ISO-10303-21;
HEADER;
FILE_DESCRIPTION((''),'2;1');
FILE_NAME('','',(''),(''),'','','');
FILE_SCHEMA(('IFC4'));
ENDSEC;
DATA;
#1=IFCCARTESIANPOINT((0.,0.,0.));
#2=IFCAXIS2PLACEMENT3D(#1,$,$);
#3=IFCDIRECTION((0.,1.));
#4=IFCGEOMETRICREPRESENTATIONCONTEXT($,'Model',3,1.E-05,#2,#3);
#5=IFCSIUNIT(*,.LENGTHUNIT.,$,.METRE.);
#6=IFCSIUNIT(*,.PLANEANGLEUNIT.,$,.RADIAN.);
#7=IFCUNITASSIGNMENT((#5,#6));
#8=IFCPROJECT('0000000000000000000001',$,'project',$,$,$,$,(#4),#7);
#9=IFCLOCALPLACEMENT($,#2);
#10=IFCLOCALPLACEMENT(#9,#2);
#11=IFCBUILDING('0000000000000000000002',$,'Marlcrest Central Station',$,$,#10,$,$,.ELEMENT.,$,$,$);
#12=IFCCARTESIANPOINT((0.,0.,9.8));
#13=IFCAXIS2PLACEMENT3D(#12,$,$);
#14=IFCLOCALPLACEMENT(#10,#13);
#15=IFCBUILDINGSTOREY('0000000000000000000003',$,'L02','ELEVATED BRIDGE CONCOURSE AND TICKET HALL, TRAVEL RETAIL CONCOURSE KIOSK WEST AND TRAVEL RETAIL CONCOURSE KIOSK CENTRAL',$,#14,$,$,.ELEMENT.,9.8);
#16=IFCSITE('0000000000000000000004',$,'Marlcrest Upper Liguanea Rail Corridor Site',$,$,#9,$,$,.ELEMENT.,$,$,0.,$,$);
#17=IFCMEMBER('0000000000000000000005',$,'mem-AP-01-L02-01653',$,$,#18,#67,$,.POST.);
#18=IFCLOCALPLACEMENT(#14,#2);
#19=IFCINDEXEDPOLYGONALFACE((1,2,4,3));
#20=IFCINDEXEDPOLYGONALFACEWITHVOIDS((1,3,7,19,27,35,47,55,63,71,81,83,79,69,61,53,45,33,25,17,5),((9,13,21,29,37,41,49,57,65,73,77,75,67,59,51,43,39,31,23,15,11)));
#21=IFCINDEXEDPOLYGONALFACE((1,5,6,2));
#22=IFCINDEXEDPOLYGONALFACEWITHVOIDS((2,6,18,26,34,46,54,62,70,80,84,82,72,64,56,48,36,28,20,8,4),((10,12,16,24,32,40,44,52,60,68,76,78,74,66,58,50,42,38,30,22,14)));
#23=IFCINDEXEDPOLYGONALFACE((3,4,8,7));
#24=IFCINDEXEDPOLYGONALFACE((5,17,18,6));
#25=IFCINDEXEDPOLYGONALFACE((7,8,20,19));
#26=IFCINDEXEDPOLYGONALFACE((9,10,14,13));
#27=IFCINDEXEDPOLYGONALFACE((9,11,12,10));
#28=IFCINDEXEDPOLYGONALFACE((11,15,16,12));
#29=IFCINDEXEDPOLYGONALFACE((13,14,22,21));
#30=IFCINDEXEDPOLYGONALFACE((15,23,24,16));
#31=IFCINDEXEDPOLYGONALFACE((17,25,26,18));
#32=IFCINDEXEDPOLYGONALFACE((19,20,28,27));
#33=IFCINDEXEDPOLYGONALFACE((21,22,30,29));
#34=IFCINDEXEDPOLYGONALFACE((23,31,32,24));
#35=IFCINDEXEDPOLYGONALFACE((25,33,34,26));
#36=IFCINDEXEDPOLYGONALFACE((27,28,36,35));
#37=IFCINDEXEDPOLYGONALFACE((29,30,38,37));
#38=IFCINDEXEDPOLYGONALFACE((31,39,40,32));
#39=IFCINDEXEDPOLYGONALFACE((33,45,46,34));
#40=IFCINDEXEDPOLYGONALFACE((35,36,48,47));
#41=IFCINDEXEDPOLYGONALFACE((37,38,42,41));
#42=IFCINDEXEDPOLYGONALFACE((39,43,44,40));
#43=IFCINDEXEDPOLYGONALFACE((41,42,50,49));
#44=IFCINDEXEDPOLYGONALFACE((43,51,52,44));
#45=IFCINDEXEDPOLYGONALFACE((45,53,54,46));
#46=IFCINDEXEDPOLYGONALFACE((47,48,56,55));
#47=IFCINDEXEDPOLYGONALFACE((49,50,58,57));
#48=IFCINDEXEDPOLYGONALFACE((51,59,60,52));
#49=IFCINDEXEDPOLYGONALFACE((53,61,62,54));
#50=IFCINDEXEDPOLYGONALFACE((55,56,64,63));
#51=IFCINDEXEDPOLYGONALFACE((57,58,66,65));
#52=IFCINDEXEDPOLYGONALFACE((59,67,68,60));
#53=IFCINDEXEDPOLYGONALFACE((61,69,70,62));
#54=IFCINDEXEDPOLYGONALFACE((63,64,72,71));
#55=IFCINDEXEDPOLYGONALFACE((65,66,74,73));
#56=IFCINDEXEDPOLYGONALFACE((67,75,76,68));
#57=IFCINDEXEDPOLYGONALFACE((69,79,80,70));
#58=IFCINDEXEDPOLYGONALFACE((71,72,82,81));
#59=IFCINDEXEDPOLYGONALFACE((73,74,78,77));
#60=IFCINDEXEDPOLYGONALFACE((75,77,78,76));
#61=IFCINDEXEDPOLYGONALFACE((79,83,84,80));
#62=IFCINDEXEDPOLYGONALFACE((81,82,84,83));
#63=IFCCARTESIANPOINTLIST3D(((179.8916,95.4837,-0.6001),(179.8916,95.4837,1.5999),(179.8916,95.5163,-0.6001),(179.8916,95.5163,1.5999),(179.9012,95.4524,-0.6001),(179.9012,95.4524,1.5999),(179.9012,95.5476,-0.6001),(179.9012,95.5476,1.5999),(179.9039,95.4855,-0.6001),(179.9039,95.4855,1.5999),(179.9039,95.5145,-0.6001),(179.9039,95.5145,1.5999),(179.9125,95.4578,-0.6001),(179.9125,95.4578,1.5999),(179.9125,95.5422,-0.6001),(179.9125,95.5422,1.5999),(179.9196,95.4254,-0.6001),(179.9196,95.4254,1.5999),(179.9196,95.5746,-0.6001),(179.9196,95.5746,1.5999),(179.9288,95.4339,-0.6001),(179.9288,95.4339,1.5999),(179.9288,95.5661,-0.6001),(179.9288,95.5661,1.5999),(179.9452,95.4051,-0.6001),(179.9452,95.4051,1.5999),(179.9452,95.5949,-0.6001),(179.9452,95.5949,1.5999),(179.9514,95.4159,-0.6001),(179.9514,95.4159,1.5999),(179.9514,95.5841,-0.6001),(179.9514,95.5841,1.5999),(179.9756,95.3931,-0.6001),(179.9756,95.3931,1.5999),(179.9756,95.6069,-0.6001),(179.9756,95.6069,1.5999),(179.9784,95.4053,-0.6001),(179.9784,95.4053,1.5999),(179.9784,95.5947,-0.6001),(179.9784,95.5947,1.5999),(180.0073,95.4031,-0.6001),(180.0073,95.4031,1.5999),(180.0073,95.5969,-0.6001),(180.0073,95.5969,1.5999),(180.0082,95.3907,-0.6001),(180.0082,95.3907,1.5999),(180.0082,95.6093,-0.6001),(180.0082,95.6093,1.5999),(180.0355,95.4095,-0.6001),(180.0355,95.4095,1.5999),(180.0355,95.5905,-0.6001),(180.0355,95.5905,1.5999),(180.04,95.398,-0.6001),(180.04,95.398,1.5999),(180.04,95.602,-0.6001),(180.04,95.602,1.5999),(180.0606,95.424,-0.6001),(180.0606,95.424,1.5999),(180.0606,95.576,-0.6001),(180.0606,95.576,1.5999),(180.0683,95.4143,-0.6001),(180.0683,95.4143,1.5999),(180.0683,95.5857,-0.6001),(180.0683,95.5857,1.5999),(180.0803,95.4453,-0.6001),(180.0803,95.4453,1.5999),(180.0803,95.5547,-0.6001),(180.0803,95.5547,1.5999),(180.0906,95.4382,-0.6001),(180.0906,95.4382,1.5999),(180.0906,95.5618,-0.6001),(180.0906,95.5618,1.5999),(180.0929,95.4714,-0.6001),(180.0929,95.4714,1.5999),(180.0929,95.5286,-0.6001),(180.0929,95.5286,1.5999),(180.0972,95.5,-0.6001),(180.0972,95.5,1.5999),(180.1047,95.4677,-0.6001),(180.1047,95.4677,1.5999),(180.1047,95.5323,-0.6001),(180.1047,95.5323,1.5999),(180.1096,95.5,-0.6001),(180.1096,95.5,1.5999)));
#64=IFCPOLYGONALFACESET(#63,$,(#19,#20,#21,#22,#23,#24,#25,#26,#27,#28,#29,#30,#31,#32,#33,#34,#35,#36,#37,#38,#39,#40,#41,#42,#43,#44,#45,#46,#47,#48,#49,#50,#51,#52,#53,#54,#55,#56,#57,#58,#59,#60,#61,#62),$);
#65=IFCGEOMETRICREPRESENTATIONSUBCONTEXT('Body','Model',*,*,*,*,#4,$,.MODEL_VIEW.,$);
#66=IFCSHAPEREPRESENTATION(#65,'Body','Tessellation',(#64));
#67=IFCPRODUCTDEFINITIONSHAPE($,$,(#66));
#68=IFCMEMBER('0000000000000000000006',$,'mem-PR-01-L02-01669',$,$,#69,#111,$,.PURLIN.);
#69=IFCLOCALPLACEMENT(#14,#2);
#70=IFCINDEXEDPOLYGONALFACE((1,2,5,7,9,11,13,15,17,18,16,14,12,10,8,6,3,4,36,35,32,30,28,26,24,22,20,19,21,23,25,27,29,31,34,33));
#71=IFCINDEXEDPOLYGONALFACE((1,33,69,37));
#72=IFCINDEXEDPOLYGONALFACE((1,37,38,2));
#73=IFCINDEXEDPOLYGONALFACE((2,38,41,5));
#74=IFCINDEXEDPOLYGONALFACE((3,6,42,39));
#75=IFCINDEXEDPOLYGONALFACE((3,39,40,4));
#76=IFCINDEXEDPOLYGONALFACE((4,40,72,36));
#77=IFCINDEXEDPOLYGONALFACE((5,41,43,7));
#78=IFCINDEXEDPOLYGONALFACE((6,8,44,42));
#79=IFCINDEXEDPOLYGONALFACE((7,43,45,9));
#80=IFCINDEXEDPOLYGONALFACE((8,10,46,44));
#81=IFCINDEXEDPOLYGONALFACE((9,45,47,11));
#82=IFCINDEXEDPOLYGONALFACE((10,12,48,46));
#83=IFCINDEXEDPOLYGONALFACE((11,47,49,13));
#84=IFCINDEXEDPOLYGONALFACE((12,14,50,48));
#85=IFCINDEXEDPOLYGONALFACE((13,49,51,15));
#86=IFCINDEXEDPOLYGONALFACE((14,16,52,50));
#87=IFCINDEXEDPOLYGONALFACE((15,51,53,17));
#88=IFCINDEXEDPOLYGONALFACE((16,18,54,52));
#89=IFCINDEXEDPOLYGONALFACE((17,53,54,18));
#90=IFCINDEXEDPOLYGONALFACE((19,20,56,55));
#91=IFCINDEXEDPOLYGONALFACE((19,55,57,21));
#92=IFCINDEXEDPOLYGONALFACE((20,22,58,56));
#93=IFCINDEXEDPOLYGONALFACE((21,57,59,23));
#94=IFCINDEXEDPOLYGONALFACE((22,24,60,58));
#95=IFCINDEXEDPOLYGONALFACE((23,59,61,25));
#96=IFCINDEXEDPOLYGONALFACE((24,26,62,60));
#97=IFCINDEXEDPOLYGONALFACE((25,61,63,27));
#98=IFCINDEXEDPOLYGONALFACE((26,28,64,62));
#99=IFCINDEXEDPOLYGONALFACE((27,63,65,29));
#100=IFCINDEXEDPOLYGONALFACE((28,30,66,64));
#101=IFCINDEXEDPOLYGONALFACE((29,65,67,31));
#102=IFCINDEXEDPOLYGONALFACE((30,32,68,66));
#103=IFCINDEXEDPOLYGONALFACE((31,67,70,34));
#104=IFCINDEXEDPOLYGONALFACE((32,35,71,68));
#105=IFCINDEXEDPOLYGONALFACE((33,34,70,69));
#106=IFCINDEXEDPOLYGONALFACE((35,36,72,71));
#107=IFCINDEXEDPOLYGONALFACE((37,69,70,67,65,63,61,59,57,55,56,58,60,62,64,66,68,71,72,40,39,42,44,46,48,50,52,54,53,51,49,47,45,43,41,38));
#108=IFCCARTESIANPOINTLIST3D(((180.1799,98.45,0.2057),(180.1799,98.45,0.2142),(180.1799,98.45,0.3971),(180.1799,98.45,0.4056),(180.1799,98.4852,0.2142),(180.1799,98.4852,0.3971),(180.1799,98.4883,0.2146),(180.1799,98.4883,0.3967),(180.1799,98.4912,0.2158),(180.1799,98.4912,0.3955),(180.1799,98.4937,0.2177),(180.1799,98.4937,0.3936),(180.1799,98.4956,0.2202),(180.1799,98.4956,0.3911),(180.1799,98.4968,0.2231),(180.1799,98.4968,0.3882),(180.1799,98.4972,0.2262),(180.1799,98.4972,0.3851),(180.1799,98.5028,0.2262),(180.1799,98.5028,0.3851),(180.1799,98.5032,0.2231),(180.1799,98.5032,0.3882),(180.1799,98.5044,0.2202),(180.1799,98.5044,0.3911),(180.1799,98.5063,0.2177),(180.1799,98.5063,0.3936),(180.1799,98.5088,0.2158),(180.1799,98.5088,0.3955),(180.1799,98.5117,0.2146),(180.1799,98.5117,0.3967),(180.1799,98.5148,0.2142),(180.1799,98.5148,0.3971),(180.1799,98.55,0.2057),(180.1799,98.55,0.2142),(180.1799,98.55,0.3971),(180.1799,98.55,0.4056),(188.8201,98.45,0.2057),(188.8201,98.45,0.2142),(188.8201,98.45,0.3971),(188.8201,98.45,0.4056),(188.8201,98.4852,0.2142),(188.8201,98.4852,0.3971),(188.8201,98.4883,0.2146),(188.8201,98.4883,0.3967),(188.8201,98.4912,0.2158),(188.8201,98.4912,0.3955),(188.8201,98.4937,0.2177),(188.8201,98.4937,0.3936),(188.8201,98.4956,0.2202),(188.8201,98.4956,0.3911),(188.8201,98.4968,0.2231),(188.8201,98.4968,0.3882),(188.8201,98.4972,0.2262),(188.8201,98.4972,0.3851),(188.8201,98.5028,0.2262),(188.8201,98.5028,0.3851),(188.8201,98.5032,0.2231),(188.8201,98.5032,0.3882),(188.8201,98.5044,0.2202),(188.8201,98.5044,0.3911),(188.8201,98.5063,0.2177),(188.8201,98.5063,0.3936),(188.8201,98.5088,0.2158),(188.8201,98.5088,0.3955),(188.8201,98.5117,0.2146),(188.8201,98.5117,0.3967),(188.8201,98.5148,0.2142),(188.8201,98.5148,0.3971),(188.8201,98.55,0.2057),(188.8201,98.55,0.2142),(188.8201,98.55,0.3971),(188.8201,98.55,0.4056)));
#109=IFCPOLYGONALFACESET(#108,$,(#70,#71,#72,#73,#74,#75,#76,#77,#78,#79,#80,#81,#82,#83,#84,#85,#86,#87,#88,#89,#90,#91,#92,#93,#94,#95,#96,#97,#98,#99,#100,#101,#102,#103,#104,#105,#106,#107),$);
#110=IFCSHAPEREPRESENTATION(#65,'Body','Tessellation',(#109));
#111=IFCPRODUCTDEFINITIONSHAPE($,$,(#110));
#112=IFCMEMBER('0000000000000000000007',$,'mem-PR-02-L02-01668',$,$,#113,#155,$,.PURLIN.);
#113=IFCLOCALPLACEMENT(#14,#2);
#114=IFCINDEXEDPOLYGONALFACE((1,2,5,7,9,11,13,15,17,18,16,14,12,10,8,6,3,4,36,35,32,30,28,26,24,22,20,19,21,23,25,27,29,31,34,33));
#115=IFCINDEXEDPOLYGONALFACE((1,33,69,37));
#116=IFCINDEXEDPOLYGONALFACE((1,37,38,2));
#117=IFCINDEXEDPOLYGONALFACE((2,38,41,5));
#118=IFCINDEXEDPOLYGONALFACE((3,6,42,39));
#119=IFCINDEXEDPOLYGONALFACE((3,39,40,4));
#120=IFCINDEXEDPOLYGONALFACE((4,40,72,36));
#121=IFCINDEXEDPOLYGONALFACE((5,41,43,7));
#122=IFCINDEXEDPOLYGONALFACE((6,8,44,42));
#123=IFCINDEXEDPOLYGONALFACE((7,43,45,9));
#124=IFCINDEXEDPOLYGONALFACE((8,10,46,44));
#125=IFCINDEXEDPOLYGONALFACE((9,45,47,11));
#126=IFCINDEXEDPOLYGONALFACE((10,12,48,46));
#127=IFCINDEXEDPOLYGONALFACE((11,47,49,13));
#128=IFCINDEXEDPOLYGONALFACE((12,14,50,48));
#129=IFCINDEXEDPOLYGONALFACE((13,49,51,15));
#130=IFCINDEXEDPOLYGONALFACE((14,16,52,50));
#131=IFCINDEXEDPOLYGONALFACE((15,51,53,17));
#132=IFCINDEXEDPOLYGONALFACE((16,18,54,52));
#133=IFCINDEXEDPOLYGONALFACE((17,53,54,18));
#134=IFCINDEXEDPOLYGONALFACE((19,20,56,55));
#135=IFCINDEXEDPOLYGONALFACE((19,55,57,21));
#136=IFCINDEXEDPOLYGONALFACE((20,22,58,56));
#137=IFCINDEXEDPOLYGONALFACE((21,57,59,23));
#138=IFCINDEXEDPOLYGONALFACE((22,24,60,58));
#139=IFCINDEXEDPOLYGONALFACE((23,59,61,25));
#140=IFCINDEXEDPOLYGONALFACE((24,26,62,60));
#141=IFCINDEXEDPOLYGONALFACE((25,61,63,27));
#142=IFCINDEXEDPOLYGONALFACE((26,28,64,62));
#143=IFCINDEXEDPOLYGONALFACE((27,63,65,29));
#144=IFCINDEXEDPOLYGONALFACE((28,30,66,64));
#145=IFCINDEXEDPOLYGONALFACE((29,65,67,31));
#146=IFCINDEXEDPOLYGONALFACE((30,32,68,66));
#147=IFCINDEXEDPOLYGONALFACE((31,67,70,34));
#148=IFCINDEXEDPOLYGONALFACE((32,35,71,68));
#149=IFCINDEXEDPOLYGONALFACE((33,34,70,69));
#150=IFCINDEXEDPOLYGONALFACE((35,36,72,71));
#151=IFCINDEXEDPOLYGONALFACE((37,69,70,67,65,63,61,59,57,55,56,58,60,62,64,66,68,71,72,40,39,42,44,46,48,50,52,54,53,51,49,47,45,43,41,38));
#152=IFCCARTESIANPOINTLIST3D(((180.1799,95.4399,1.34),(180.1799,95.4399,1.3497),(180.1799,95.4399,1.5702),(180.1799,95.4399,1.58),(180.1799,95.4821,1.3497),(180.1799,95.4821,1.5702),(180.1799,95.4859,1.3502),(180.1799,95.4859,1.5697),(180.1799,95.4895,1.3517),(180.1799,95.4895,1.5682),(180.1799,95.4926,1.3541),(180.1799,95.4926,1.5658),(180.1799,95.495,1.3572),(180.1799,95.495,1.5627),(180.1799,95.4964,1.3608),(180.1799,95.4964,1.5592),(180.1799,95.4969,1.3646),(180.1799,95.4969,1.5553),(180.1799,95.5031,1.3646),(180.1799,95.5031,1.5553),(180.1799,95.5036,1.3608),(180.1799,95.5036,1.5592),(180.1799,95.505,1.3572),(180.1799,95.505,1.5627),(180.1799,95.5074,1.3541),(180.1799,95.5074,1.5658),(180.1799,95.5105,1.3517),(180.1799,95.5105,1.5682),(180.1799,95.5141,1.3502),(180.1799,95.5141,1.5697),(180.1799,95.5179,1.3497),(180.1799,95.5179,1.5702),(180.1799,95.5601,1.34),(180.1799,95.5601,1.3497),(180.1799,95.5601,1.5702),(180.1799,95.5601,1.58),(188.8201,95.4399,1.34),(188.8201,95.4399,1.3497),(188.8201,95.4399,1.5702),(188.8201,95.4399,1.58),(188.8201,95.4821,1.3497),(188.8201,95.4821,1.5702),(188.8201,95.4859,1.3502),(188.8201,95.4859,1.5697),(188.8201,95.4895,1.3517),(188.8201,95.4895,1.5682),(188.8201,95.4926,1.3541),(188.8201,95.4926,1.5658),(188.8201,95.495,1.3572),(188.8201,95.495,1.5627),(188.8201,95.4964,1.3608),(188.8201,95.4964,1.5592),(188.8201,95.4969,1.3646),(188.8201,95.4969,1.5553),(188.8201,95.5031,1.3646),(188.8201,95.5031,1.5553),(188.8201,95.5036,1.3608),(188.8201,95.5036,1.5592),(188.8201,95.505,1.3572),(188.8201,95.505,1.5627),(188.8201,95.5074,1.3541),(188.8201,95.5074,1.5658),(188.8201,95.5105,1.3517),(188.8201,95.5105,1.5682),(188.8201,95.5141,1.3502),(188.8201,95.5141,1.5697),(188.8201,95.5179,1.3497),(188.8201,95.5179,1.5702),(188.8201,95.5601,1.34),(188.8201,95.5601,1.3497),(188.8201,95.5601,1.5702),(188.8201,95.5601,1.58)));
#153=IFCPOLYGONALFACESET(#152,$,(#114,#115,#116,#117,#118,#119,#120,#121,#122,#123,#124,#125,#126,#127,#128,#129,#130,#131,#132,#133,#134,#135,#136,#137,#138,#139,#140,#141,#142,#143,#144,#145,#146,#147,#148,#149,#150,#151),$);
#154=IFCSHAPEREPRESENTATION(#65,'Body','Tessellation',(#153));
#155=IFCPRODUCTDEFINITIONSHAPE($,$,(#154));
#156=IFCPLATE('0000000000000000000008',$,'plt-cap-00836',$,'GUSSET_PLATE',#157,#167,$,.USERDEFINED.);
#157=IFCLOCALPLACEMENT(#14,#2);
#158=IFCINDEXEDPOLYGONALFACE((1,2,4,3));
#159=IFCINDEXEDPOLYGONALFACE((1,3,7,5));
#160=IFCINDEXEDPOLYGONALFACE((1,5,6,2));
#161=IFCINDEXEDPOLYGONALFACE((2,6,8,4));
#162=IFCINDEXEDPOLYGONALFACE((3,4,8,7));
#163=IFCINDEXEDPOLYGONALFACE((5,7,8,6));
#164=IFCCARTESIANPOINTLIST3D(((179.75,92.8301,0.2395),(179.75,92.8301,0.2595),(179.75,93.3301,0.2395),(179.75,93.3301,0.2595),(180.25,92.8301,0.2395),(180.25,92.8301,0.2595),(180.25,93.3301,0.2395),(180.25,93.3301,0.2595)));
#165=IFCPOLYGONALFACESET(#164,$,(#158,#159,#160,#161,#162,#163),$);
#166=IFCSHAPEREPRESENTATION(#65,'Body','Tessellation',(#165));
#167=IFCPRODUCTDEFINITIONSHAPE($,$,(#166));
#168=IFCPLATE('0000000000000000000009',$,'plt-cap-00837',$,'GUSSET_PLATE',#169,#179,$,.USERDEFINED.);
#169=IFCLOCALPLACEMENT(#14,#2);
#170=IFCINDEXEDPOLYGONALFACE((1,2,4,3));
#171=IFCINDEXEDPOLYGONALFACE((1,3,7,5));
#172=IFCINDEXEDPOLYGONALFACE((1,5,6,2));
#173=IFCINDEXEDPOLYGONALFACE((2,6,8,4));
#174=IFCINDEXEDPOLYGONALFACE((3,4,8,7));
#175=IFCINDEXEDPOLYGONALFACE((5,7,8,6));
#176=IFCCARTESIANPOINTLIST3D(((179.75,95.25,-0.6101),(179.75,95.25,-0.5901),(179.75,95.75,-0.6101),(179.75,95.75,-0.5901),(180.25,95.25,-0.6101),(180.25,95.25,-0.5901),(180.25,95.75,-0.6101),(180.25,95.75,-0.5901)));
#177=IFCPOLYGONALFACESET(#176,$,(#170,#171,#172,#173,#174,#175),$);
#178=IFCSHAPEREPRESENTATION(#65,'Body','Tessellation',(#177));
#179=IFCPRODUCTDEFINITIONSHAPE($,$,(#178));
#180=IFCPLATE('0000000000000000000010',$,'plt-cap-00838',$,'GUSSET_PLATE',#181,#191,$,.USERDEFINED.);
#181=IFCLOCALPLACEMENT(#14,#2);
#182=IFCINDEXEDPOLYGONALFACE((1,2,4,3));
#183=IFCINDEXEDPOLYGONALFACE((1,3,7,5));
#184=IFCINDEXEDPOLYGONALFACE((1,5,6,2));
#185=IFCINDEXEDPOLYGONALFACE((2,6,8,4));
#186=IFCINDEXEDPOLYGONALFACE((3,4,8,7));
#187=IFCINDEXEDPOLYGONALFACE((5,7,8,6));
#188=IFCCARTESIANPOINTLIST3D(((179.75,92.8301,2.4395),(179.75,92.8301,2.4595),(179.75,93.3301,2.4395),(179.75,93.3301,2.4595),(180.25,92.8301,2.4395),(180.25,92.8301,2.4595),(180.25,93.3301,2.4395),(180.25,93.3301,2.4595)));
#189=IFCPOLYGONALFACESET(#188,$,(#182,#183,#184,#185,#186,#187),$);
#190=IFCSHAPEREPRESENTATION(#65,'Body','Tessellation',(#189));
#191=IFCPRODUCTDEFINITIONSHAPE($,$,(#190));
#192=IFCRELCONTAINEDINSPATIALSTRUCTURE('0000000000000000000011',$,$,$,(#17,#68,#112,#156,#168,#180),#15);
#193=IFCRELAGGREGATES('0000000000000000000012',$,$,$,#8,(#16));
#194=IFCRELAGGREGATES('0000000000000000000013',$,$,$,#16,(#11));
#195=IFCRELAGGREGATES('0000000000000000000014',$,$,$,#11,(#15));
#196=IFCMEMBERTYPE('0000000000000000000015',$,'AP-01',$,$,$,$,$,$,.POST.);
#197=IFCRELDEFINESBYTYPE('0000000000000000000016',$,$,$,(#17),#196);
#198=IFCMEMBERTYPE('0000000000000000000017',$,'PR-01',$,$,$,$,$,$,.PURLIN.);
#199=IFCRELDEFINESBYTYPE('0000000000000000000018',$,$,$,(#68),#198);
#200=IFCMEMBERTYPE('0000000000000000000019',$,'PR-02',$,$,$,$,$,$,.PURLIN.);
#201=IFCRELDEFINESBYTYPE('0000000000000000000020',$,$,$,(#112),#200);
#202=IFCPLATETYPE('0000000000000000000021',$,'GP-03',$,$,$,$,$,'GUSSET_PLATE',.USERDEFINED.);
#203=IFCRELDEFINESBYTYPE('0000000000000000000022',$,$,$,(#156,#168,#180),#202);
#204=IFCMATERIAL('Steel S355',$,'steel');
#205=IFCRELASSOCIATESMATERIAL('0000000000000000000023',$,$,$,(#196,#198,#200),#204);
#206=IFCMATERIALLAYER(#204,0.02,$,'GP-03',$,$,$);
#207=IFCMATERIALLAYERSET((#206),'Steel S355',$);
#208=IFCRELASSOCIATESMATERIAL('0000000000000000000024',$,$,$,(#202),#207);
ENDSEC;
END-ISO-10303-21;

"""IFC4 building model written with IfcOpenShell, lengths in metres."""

from ifc_helpers import new_model, si_unit, direction, frame, origin, origin_2d, place, context, subcontext, project, spatial, rectangle, hollow_circle, i_section, extrude, material, layer, layer_set, material_profile, profile_set, type_object, element, save


model = new_model("IFC4")

# Units and contexts
model_context = context("Model", 3, precision=1e-05, world=origin(), true_north=direction((0.0, 1.0)))
body_context = subcontext(model_context, "Body", "Model", "MODEL_VIEW")
ifc_project = project(units=[si_unit("LENGTHUNIT", "METRE"), si_unit("PLANEANGLEUNIT", "RADIAN")], contexts=[model_context])

# Site, building, storey
site_placement = place(None, origin())
site = spatial("IfcSite", under=ifc_project, at=site_placement, Name="Marlcrest Upper Liguanea Rail Corridor Site", CompositionType="ELEMENT", RefElevation=0.0)
building_placement = place(site_placement, origin())
building = spatial("IfcBuilding", under=site, at=building_placement, Name="Marlcrest Central Station", CompositionType="ELEMENT")
storey_placement = place(building_placement, frame((0.0, 0.0, 9.8)))
storey = spatial("IfcBuildingStorey", under=building, at=storey_placement, Name="L02", Description="ELEVATED BRIDGE CONCOURSE AND TICKET HALL, TRAVEL RETAIL CONCOURSE KIOSK WEST AND TRAVEL RETAIL CONCOURSE KIOSK CENTRAL", CompositionType="ELEMENT", Elevation=9.8)

# Members
ifc_material_1 = material(Name="Steel S355", Category="steel")
ifc_material_profile_1 = material_profile(ifc_material_1, hollow_circle(Radius=0.1096, WallThickness=0.0125, at=origin_2d()), Name="CHS 219.1x12.5")
ifc_profile_set_1 = profile_set([ifc_material_profile_1], Name="Steel S355")
member_type_1 = type_object("IfcMemberType", Name="AP-01", PredefinedType="POST", material=ifc_profile_set_1)
for number, where, z_axis, x_axis, name in (
    (1, (180.0, 95.5, -0.6001), (0.0, 0.0, 1.0), (1.0, 0.0, 0.0), "mem-AP-01-L02-01653"),
):
    element("IfcMember", number, at=place(storey_placement, frame(where, z_axis=z_axis, x_axis=x_axis)), inside=storey, type_object=member_type_1, Name=name, PredefinedType="POST", context=body_context, shape_type="SweptSolid", body=[
        extrude(hollow_circle(Radius=0.1096, WallThickness=0.0125, at=origin_2d()), origin(), (0.0, 0.0, 1.0), 2.2),
    ])
ifc_material_profile_2 = material_profile(ifc_material_1, i_section(OverallWidth=0.1001, OverallDepth=0.2, WebThickness=0.0056, FlangeThickness=0.0085, FilletRadius=0.012, at=origin_2d()), Name="IPE 200")
ifc_profile_set_2 = profile_set([ifc_material_profile_2], Name="Steel S355")
member_type_2 = type_object("IfcMemberType", Name="PR-01", PredefinedType="PURLIN", material=ifc_profile_set_2)
member_1_placement = place(storey_placement, frame((180.1799, 98.5, 0.3057), z_axis=(1.0, 0.0, 0.0), x_axis=(0.0, 1.0, 0.0)))
element("IfcMember", 2, at=member_1_placement, inside=storey, type_object=member_type_2, Name="mem-PR-01-L02-01669", PredefinedType="PURLIN", context=body_context, shape_type="SweptSolid", body=[
    extrude(i_section(OverallWidth=0.1001, OverallDepth=0.2, WebThickness=0.0056, FlangeThickness=0.0085, FilletRadius=0.012, at=origin_2d()), origin(), (0.0, 0.0, 1.0), 8.6401),
])
ifc_material_profile_3 = material_profile(ifc_material_1, i_section(OverallWidth=0.1201, OverallDepth=0.24, WebThickness=0.0061, FlangeThickness=0.0098, FilletRadius=0.0149, at=origin_2d()), Name="IPE 240")
ifc_profile_set_3 = profile_set([ifc_material_profile_3], Name="Steel S355")
member_type_3 = type_object("IfcMemberType", Name="PR-02", PredefinedType="PURLIN", material=ifc_profile_set_3)
member_2_placement = place(storey_placement, frame((180.1799, 95.5, 1.46), z_axis=(1.0, 0.0, 0.0), x_axis=(0.0, 1.0, 0.0)))
element("IfcMember", 3, at=member_2_placement, inside=storey, type_object=member_type_3, Name="mem-PR-02-L02-01668", PredefinedType="PURLIN", context=body_context, shape_type="SweptSolid", body=[
    extrude(i_section(OverallWidth=0.1201, OverallDepth=0.24, WebThickness=0.0061, FlangeThickness=0.0098, FilletRadius=0.0149, at=origin_2d()), origin(), (0.0, 0.0, 1.0), 8.6401),
])

# Plates
ifc_layer_1 = layer(ifc_material_1, 0.02, Name="GP-03")
ifc_layer_set_1 = layer_set([ifc_layer_1], Name="Steel S355")
plate_type = type_object("IfcPlateType", Name="GP-03", ElementType="GUSSET_PLATE", PredefinedType="USERDEFINED", material=ifc_layer_set_1)
for number, where, z_axis, x_axis, name in (
    (4, (180.0, 93.0801, 0.2395), (0.0, 0.0, 1.0), (1.0, 0.0, 0.0), "plt-cap-00836"),
    (5, (180.0, 95.5, -0.6101), (0.0, 0.0, 1.0), (1.0, 0.0, 0.0), "plt-cap-00837"),
    (6, (180.0, 93.0801, 2.4395), (0.0, 0.0, 1.0), (1.0, 0.0, 0.0), "plt-cap-00838"),
):
    element("IfcPlate", number, at=place(storey_placement, frame(where, z_axis=z_axis, x_axis=x_axis)), inside=storey, type_object=plate_type, Name=name, ObjectType="GUSSET_PLATE", PredefinedType="USERDEFINED", context=body_context, shape_type="SweptSolid", body=[
        extrude(rectangle(XDim=0.5, YDim=0.5, at=origin_2d()), origin(), (0.0, 0.0, 1.0), 0.02),
    ])

save(model, "model.ifc")
